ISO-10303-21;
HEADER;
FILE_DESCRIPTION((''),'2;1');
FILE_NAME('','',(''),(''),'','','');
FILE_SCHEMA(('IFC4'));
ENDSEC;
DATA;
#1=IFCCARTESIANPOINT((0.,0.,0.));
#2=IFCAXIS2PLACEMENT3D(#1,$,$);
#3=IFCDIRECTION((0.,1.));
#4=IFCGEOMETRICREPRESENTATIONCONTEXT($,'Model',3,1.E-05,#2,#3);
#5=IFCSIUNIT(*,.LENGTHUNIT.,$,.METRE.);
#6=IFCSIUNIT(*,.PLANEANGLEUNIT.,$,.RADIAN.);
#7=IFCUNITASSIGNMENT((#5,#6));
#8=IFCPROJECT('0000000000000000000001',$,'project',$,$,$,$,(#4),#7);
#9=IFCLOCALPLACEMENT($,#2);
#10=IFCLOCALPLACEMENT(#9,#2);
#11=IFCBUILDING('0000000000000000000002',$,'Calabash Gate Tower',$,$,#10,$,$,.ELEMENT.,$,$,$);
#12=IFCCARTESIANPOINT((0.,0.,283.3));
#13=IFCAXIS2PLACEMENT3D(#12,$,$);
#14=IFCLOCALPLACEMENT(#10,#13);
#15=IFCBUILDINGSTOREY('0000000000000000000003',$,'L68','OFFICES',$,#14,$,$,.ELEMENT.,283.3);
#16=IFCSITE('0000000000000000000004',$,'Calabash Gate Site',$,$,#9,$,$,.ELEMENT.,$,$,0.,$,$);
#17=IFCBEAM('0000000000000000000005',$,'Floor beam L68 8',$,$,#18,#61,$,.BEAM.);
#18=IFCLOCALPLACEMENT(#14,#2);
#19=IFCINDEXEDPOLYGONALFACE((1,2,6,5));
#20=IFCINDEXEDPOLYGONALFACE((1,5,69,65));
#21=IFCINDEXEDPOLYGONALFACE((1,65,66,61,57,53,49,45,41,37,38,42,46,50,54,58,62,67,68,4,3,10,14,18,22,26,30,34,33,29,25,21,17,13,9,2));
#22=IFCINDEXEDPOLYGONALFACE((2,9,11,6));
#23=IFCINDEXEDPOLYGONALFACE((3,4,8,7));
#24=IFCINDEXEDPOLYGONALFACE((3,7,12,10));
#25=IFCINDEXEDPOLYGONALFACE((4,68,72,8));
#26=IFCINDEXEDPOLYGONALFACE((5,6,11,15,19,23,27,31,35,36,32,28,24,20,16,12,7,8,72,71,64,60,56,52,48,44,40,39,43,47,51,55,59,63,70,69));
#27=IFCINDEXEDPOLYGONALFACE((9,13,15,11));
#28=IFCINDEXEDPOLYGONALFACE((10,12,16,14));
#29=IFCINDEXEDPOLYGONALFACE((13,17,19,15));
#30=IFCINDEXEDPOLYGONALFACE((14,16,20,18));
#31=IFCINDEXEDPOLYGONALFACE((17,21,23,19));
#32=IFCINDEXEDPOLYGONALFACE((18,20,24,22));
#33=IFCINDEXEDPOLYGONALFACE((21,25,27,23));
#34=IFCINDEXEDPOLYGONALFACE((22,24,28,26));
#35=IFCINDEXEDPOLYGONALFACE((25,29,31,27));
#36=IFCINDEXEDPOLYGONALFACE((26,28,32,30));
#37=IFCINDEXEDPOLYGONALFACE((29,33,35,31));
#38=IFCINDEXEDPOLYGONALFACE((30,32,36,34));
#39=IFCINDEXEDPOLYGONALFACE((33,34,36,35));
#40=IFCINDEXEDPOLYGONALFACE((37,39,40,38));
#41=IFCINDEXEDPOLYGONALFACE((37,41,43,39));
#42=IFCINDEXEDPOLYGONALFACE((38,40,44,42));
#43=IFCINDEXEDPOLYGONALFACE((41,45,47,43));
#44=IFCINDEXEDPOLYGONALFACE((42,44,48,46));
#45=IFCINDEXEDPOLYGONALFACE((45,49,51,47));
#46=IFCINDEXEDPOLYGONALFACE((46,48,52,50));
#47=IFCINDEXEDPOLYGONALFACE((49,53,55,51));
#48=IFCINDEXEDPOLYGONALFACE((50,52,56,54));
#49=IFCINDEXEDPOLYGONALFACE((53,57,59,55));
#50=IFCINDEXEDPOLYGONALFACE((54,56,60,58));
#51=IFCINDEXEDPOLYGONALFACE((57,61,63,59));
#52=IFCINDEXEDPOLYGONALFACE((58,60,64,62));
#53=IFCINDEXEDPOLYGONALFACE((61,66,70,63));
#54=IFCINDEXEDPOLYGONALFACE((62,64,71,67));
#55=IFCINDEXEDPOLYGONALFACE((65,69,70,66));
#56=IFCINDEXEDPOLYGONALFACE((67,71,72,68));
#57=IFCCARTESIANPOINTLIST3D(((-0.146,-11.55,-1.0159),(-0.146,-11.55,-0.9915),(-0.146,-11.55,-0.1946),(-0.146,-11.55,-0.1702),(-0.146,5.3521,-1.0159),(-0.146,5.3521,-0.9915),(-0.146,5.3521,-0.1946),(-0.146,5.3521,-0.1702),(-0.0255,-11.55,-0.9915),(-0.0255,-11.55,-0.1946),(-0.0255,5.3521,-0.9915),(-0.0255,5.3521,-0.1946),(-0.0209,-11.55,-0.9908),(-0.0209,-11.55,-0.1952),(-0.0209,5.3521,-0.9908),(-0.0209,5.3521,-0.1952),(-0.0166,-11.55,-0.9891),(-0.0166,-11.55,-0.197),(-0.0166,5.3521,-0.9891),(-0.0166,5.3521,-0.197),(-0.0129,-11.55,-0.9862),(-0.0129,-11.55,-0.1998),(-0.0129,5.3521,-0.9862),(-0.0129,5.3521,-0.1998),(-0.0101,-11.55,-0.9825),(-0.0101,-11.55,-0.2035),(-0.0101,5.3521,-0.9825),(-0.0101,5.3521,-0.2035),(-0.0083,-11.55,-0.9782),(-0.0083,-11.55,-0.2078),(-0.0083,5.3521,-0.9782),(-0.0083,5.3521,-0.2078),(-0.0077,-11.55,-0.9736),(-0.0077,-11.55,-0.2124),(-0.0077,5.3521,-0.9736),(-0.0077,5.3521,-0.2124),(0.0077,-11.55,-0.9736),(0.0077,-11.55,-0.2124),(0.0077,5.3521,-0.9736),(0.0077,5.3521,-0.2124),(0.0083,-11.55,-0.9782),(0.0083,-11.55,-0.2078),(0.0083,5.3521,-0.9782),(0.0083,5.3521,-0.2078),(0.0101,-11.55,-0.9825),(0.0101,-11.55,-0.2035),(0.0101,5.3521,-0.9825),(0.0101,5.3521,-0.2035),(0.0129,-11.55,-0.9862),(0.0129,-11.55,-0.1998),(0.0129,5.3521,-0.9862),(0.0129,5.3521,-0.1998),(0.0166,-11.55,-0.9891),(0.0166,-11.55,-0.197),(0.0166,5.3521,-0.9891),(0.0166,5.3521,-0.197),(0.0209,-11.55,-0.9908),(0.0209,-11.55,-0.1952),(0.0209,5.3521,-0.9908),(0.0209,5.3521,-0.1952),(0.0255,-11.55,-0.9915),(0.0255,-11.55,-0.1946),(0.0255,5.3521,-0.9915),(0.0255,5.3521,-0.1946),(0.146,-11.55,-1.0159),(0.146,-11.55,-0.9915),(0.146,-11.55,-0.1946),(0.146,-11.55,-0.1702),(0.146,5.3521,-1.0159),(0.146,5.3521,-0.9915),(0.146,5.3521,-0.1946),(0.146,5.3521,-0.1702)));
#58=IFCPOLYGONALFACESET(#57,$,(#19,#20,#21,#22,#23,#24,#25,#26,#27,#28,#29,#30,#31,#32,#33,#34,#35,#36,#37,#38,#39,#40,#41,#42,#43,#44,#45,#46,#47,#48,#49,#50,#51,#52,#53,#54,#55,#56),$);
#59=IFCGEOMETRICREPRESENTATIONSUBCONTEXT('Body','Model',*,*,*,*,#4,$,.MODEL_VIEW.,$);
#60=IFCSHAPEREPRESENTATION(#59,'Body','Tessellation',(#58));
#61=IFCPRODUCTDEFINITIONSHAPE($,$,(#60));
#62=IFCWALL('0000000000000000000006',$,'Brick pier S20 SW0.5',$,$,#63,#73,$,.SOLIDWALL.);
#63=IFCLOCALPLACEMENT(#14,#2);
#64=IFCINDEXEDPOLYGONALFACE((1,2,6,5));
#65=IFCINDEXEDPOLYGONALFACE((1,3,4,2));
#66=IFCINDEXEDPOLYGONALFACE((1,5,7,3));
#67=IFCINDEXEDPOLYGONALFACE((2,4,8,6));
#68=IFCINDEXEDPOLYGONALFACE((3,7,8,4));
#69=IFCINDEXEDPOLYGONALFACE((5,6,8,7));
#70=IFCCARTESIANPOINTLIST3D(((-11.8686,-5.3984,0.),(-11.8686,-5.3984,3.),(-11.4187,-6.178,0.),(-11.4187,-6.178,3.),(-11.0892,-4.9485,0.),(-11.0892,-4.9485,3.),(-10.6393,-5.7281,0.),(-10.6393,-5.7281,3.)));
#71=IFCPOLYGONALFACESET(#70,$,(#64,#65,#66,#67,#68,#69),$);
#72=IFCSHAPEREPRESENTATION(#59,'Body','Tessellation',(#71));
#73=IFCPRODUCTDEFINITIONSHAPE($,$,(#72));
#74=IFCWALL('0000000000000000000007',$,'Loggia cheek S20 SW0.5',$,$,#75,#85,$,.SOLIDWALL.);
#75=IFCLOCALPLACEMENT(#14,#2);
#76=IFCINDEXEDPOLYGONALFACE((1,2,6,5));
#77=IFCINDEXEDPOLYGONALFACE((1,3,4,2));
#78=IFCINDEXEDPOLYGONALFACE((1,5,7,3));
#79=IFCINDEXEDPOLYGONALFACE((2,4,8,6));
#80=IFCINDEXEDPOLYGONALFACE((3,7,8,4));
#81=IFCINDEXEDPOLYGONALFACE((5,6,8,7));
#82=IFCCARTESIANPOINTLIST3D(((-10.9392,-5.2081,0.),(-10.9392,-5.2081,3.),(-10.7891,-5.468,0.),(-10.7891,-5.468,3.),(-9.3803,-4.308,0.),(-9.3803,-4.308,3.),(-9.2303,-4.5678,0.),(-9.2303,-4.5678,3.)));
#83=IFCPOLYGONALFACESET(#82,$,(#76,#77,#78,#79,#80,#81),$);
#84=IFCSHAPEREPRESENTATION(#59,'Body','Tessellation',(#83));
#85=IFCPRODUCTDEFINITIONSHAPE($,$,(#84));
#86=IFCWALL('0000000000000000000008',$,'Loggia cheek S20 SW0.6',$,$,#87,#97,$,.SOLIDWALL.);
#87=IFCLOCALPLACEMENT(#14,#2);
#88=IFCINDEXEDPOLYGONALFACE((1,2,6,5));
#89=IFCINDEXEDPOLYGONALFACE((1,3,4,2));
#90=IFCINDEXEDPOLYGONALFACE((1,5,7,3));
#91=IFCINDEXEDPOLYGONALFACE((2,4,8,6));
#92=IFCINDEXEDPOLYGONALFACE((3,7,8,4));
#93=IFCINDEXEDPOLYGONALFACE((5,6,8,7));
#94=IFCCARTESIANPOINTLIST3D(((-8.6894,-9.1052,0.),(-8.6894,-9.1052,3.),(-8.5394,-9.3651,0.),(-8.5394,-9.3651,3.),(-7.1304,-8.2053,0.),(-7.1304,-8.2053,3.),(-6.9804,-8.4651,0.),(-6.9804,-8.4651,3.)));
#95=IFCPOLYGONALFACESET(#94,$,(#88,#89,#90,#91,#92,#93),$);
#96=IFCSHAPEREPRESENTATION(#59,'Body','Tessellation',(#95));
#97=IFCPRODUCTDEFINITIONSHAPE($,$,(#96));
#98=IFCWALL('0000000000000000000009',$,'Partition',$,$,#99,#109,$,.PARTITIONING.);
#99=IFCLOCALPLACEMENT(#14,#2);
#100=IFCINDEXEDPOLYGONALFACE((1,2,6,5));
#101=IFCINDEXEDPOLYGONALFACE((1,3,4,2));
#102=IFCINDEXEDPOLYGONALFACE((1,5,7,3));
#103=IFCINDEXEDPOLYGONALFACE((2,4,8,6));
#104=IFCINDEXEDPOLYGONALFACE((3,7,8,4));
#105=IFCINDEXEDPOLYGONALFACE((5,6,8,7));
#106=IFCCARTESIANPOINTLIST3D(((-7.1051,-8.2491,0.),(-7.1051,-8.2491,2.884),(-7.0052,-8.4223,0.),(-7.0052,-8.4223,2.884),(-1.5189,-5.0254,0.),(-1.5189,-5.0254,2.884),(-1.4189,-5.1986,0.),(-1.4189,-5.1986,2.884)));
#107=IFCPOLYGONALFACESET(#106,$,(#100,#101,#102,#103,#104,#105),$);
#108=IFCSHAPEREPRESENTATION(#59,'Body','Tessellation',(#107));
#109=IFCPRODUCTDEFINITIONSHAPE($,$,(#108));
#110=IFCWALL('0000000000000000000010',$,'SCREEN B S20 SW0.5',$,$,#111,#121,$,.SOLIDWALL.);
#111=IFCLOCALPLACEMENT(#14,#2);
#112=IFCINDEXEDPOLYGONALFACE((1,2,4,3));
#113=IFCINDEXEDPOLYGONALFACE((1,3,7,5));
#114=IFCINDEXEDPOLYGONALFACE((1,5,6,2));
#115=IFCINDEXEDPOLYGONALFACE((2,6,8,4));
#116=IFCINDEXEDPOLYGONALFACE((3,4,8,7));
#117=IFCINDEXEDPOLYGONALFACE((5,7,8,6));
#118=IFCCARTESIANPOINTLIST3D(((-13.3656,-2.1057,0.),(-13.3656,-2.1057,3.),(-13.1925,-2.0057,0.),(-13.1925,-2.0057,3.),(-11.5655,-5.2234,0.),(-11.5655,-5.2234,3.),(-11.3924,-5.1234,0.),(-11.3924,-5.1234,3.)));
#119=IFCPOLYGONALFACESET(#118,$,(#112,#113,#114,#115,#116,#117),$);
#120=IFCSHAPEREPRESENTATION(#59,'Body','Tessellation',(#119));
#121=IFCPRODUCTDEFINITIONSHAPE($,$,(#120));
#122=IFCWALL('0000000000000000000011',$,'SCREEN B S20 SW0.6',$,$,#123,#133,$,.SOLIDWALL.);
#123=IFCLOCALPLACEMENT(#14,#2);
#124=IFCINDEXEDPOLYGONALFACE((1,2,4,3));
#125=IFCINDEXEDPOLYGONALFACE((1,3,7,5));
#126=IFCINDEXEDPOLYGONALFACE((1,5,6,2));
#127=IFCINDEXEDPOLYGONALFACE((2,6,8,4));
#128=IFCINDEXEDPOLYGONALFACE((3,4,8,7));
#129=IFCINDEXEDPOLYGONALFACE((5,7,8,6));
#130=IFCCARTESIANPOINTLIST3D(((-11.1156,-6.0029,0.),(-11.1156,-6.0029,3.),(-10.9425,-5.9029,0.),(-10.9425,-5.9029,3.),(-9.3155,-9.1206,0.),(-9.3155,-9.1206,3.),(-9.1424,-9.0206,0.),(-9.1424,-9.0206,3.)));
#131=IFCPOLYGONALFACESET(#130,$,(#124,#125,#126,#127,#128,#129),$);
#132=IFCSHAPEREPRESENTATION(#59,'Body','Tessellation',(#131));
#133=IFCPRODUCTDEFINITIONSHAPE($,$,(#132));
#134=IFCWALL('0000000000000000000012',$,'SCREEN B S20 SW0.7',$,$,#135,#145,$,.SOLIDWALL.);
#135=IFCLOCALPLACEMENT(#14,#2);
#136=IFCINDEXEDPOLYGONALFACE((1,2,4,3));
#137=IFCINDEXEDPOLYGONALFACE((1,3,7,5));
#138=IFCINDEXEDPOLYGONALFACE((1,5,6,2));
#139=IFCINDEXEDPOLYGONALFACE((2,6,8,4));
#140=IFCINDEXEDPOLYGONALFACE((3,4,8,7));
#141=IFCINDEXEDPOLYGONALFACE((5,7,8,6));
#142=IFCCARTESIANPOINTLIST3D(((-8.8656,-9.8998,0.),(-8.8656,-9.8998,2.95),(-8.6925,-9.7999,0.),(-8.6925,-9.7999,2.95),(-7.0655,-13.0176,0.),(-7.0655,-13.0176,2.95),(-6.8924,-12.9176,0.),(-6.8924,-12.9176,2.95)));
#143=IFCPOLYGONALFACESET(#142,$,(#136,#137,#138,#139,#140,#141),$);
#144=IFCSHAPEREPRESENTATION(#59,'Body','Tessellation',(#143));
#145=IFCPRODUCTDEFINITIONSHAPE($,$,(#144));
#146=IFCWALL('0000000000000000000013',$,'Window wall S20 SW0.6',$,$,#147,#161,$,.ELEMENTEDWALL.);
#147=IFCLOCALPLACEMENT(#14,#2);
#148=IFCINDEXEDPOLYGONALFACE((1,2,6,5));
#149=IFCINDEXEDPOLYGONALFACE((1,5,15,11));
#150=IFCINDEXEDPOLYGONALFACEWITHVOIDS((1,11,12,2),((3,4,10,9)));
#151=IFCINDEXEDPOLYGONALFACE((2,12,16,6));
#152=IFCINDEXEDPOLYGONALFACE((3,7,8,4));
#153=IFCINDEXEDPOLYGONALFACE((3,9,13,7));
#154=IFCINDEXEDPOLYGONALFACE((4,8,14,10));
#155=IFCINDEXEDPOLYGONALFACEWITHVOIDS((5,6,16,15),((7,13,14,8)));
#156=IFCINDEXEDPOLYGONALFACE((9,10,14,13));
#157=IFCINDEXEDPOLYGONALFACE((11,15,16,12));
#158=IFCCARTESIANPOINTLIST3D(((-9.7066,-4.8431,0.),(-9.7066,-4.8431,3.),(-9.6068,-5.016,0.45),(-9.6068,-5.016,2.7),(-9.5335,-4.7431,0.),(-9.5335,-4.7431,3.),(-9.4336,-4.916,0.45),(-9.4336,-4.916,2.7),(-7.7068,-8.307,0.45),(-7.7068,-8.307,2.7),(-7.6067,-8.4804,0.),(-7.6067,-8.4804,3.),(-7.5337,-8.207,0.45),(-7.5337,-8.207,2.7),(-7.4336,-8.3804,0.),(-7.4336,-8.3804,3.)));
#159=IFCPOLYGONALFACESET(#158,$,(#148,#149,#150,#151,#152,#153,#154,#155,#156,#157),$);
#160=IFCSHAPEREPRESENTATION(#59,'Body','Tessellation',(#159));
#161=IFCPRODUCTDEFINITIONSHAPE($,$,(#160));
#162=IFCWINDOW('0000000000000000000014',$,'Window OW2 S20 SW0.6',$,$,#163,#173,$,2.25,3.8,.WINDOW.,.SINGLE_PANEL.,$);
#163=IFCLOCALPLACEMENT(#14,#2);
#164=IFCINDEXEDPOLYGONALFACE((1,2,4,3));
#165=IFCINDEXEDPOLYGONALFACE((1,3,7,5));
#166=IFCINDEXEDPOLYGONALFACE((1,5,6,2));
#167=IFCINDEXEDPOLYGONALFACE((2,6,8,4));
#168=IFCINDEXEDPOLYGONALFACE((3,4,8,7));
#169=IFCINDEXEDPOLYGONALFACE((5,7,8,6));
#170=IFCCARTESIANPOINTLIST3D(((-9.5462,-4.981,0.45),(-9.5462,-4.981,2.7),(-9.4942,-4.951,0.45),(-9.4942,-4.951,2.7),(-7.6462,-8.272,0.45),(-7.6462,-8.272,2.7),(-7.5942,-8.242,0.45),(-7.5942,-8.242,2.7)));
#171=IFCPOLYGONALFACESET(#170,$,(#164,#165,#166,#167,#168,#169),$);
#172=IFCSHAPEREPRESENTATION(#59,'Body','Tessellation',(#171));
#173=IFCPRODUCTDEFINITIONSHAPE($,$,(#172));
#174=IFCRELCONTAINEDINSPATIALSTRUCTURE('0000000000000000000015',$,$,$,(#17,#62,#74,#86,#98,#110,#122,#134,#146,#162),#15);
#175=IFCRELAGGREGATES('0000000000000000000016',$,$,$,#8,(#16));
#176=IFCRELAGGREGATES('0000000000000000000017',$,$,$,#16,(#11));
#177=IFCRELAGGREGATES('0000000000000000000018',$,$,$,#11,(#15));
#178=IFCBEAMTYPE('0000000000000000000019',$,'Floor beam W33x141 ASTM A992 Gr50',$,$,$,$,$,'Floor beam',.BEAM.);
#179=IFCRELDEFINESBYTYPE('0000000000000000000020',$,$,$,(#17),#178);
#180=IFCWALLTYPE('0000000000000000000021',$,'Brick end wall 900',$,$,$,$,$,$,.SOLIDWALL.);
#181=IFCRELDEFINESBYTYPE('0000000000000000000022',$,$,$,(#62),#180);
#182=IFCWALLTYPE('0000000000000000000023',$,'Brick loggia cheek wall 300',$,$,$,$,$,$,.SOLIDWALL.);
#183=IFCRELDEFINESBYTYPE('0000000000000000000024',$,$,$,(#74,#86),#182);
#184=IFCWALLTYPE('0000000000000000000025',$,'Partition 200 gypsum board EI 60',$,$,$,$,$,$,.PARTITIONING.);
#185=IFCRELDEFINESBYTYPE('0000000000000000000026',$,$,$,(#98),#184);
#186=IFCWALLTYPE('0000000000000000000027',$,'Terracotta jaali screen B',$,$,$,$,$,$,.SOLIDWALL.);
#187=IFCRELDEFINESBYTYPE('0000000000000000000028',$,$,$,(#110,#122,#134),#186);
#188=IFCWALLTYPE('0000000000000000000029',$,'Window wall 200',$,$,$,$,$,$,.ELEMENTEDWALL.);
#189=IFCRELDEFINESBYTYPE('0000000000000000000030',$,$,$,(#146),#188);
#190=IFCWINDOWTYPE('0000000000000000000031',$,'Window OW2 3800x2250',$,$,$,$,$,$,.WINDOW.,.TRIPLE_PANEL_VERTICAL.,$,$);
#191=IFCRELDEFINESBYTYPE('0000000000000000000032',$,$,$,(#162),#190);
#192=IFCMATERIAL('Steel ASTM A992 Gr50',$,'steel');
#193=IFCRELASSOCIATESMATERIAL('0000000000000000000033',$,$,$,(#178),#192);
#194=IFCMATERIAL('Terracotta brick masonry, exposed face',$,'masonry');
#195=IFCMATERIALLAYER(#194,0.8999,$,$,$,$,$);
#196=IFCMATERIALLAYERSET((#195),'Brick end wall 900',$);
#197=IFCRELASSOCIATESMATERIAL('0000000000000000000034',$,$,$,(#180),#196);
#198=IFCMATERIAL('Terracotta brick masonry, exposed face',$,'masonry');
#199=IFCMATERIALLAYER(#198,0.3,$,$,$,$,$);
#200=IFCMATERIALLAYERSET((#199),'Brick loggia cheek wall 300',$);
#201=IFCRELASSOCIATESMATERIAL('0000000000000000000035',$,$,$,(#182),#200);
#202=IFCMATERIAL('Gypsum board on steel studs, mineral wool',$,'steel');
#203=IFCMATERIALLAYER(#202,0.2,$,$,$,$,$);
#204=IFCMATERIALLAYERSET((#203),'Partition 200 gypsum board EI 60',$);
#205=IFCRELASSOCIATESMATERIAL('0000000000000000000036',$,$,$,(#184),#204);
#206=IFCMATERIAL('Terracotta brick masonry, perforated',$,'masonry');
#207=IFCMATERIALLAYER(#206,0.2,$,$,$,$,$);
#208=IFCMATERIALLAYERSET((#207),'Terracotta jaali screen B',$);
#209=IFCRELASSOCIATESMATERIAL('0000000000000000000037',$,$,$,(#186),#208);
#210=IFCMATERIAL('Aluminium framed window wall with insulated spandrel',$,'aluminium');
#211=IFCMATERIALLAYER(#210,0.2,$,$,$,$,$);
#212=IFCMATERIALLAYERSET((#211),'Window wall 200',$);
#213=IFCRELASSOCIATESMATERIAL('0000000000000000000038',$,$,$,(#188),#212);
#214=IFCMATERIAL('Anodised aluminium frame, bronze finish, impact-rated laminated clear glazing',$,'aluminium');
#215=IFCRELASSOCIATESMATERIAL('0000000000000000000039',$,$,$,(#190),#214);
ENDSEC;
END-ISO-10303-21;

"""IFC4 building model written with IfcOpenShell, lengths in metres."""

from ifc_helpers import new_model, si_unit, direction, frame, frame_2d, origin, origin_2d, place, context, subcontext, project, spatial, rectangle, i_section, extrude, material, layer, layer_set, material_profile, profile_set, type_object, element, fill, save


model = new_model("IFC4")

# Units and contexts
model_context = context("Model", 3, precision=1e-05, world=origin(), true_north=direction((0.0, 1.0)))
body_context = subcontext(model_context, "Body", "Model", "MODEL_VIEW")
ifc_project = project(units=[si_unit("LENGTHUNIT", "METRE"), si_unit("PLANEANGLEUNIT", "RADIAN")], contexts=[model_context])

# Site, building, storey
site_placement = place(None, origin())
site = spatial("IfcSite", under=ifc_project, at=site_placement, Name="Calabash Gate Site", CompositionType="ELEMENT", RefElevation=0.0)
building_placement = place(site_placement, origin())
building = spatial("IfcBuilding", under=site, at=building_placement, Name="Calabash Gate Tower", CompositionType="ELEMENT")
storey_placement = place(building_placement, frame((0.0, 0.0, 283.3)))
storey = spatial("IfcBuildingStorey", under=building, at=storey_placement, Name="L68", Description="OFFICES", CompositionType="ELEMENT", Elevation=283.3)

# Beam
ifc_material_1 = material(Name="Steel ASTM A992 Gr50", Category="steel")
ifc_material_profile_1 = material_profile(ifc_material_1, i_section(OverallWidth=0.292, OverallDepth=0.8457, WebThickness=0.0154, FlangeThickness=0.0244, FilletRadius=0.0178, at=origin_2d()))
ifc_profile_set_1 = profile_set([ifc_material_profile_1], Name="Steel ASTM A992 Gr50")
beam_type_1 = type_object("IfcBeamType", Name="Floor beam W33x141 ASTM A992 Gr50", ElementType="Floor beam", PredefinedType="BEAM", material=ifc_profile_set_1)
beam_1_placement = place(storey_placement, frame((0.0, -11.55, -0.593), z_axis=(0.0, 1.0, 0.0), x_axis=(-1.0, 0.0, 0.0)))
element("IfcBeam", 1, at=beam_1_placement, inside=storey, type_object=beam_type_1, Name="Floor beam L68 8", PredefinedType="BEAM", context=body_context, shape_type="SweptSolid", body=[
    extrude(i_section(OverallWidth=0.292, OverallDepth=0.8457, WebThickness=0.0154, FlangeThickness=0.0244, FilletRadius=0.0178, at=origin_2d()), origin(), (0.0, 0.0, 1.0), 16.9021),
])

# Walls
ifc_material_2 = material(Name="Terracotta brick masonry, exposed face", Category="masonry")
ifc_layer_1 = layer(ifc_material_2, 0.8999)
ifc_layer_set_1 = layer_set([ifc_layer_1], Name="Brick end wall 900")
wall_type_1 = type_object("IfcWallType", Name="Brick end wall 900", PredefinedType="SOLIDWALL", material=ifc_layer_set_1)
wall_1_placement = place(storey_placement, frame((-11.479, -5.1733, 0.0), z_axis=(0.0, 0.0, 1.0), x_axis=(0.499902, -0.866082, 0.0)))
element("IfcWall", 2, at=wall_1_placement, inside=storey, type_object=wall_type_1, Name="Brick pier S20 SW0.5", PredefinedType="SOLIDWALL", context=body_context, shape_type="SweptSolid", body=[
    extrude(rectangle(XDim=0.9001, YDim=0.8999, at=frame_2d((0.4502, 0.0))), origin(), (0.0, 0.0, 1.0), 3.0),
])
ifc_material_3 = material(Name="Terracotta brick masonry, exposed face", Category="masonry")
ifc_layer_2 = layer(ifc_material_3, 0.3)
ifc_layer_set_2 = layer_set([ifc_layer_2], Name="Brick loggia cheek wall 300")
wall_type_2 = type_object("IfcWallType", Name="Brick loggia cheek wall 300", PredefinedType="SOLIDWALL", material=ifc_layer_set_2)
for number, where, z_axis, x_axis, name in (
    (3, (-9.3054, -4.438, 0.0), (0.0, 0.0, 1.0), (-0.865989, -0.500063, 0.0), "Loggia cheek S20 SW0.5"),
    (4, (-8.6143, -9.2351, 0.0), (0.0, 0.0, 1.0), (0.866048, 0.499961, 0.0), "Loggia cheek S20 SW0.6"),
):
    element("IfcWall", number, at=place(storey_placement, frame(where, z_axis=z_axis, x_axis=x_axis)), inside=storey, type_object=wall_type_2, Name=name, PredefinedType="SOLIDWALL", context=body_context, shape_type="SweptSolid", body=[
        extrude(rectangle(XDim=1.8, YDim=0.3, at=frame_2d((0.8999, 0.0))), origin(), (0.0, 0.0, 1.0), 3.0),
    ])
ifc_material_4 = material(Name="Gypsum board on steel studs, mineral wool", Category="steel")
ifc_layer_3 = layer(ifc_material_4, 0.2)
ifc_layer_set_3 = layer_set([ifc_layer_3], Name="Partition 200 gypsum board EI 60")
wall_type_3 = type_object("IfcWallType", Name="Partition 200 gypsum board EI 60", PredefinedType="PARTITIONING", material=ifc_layer_set_3)
wall_2_placement = place(storey_placement, frame((-7.0552, -8.3357, 0.0), z_axis=(0.0, 0.0, 1.0), x_axis=(0.866129, 0.49982, 0.0)))
element("IfcWall", 5, at=wall_2_placement, inside=storey, type_object=wall_type_3, Name="Partition", PredefinedType="PARTITIONING", context=body_context, shape_type="SweptSolid", body=[
    extrude(rectangle(XDim=6.4497, YDim=0.2, at=frame_2d((3.2249, 0.0))), origin(), (0.0, 0.0, 1.0), 2.884),
])
ifc_material_5 = material(Name="Terracotta brick masonry, perforated", Category="masonry")
ifc_layer_4 = layer(ifc_material_5, 0.2)
ifc_layer_set_4 = layer_set([ifc_layer_4], Name="Terracotta jaali screen B")
wall_type_4 = type_object("IfcWallType", Name="Terracotta jaali screen B", PredefinedType="SOLIDWALL", material=ifc_layer_set_4)
for number, where, z_axis, x_axis, name in (
    (6, (-13.2791, -2.0557, 0.0), (0.0, 0.0, 1.0), (0.500012, -0.866018, 0.0), "SCREEN B S20 SW0.5"),
    (7, (-11.0291, -5.9529, 0.0), (0.0, 0.0, 1.0), (0.500012, -0.866018, 0.0), "SCREEN B S20 SW0.6"),
):
    element("IfcWall", number, at=place(storey_placement, frame(where, z_axis=z_axis, x_axis=x_axis)), inside=storey, type_object=wall_type_4, Name=name, PredefinedType="SOLIDWALL", context=body_context, shape_type="SweptSolid", body=[
        extrude(rectangle(XDim=3.6001, YDim=0.2, at=frame_2d((1.8, 0.0))), origin(), (0.0, 0.0, 1.0), 3.0),
    ])
wall_3_placement = place(storey_placement, frame((-8.7791, -9.8499, 0.0), z_axis=(0.0, 0.0, 1.0), x_axis=(0.500012, -0.866018, 0.0)))
element("IfcWall", 8, at=wall_3_placement, inside=storey, type_object=wall_type_4, Name="SCREEN B S20 SW0.7", PredefinedType="SOLIDWALL", context=body_context, shape_type="SweptSolid", body=[
    extrude(rectangle(XDim=3.6001, YDim=0.2, at=frame_2d((1.8, 0.0))), origin(), (0.0, 0.0, 1.0), 2.95),
])

# Wall, opening, window
ifc_material_6 = material(Name="Aluminium framed window wall with insulated spandrel", Category="aluminium")
ifc_layer_5 = layer(ifc_material_6, 0.2)
ifc_layer_set_5 = layer_set([ifc_layer_5], Name="Window wall 200")
wall_type_5 = type_object("IfcWallType", Name="Window wall 200", PredefinedType="ELEMENTEDWALL", material=ifc_layer_set_5)
wall_4_placement = place(storey_placement, frame((-9.6201, -4.793, 0.0), z_axis=(0.0, 0.0, 1.0), x_axis=(0.499984, -0.866035, 0.0)))
wall_4 = element("IfcWall", 9, at=wall_4_placement, inside=storey, type_object=wall_type_5, Name="Window wall S20 SW0.6", PredefinedType="ELEMENTEDWALL", context=body_context, shape_type="SweptSolid", body=[
    extrude(rectangle(XDim=4.2, YDim=0.2, at=frame_2d((2.1001, 0.0))), origin(), (0.0, 0.0, 1.0), 3.0),
])
opening_1_placement = place(wall_4_placement, frame((0.2, 0.0, 0.45)))
opening_1 = element("IfcOpeningElement", 10, at=opening_1_placement, cuts=wall_4, PredefinedType="OPENING", context=body_context, shape_type="SweptSolid", body=[
    extrude(rectangle(XDim=3.8, YDim=2.25, at=frame_2d((1.8999, 1.125))), frame((0.0, 0.1099, 0.0), z_axis=(0.0, -1.0, 0.0), x_axis=(1.0, 0.0, 0.0)), (0.0, 0.0, 1.0), 0.22),
])
ifc_material_7 = material(Name="Anodised aluminium frame, bronze finish, impact-rated laminated clear glazing", Category="aluminium")
window_type_1 = type_object("IfcWindowType", Name="Window OW2 3800x2250", PartitioningType="TRIPLE_PANEL_VERTICAL", PredefinedType="WINDOW", material=ifc_material_7)
window_1_placement = place(opening_1_placement, origin())
window_1 = element("IfcWindow", 11, at=window_1_placement, inside=storey, type_object=window_type_1, Name="Window OW2 S20 SW0.6", OverallHeight=2.25, OverallWidth=3.8, PartitioningType="SINGLE_PANEL", PredefinedType="WINDOW", context=body_context, shape_type="SweptSolid", body=[
    extrude(rectangle(XDim=3.8, YDim=2.25, at=frame_2d((1.8999, 1.125))), frame((0.0, 0.03, 0.0), z_axis=(0.0, -1.0, 0.0), x_axis=(1.0, 0.0, 0.0)), (0.0, 0.0, 1.0), 0.0601),
])
fill(opening_1, window_1)

save(model, "model.ifc")
